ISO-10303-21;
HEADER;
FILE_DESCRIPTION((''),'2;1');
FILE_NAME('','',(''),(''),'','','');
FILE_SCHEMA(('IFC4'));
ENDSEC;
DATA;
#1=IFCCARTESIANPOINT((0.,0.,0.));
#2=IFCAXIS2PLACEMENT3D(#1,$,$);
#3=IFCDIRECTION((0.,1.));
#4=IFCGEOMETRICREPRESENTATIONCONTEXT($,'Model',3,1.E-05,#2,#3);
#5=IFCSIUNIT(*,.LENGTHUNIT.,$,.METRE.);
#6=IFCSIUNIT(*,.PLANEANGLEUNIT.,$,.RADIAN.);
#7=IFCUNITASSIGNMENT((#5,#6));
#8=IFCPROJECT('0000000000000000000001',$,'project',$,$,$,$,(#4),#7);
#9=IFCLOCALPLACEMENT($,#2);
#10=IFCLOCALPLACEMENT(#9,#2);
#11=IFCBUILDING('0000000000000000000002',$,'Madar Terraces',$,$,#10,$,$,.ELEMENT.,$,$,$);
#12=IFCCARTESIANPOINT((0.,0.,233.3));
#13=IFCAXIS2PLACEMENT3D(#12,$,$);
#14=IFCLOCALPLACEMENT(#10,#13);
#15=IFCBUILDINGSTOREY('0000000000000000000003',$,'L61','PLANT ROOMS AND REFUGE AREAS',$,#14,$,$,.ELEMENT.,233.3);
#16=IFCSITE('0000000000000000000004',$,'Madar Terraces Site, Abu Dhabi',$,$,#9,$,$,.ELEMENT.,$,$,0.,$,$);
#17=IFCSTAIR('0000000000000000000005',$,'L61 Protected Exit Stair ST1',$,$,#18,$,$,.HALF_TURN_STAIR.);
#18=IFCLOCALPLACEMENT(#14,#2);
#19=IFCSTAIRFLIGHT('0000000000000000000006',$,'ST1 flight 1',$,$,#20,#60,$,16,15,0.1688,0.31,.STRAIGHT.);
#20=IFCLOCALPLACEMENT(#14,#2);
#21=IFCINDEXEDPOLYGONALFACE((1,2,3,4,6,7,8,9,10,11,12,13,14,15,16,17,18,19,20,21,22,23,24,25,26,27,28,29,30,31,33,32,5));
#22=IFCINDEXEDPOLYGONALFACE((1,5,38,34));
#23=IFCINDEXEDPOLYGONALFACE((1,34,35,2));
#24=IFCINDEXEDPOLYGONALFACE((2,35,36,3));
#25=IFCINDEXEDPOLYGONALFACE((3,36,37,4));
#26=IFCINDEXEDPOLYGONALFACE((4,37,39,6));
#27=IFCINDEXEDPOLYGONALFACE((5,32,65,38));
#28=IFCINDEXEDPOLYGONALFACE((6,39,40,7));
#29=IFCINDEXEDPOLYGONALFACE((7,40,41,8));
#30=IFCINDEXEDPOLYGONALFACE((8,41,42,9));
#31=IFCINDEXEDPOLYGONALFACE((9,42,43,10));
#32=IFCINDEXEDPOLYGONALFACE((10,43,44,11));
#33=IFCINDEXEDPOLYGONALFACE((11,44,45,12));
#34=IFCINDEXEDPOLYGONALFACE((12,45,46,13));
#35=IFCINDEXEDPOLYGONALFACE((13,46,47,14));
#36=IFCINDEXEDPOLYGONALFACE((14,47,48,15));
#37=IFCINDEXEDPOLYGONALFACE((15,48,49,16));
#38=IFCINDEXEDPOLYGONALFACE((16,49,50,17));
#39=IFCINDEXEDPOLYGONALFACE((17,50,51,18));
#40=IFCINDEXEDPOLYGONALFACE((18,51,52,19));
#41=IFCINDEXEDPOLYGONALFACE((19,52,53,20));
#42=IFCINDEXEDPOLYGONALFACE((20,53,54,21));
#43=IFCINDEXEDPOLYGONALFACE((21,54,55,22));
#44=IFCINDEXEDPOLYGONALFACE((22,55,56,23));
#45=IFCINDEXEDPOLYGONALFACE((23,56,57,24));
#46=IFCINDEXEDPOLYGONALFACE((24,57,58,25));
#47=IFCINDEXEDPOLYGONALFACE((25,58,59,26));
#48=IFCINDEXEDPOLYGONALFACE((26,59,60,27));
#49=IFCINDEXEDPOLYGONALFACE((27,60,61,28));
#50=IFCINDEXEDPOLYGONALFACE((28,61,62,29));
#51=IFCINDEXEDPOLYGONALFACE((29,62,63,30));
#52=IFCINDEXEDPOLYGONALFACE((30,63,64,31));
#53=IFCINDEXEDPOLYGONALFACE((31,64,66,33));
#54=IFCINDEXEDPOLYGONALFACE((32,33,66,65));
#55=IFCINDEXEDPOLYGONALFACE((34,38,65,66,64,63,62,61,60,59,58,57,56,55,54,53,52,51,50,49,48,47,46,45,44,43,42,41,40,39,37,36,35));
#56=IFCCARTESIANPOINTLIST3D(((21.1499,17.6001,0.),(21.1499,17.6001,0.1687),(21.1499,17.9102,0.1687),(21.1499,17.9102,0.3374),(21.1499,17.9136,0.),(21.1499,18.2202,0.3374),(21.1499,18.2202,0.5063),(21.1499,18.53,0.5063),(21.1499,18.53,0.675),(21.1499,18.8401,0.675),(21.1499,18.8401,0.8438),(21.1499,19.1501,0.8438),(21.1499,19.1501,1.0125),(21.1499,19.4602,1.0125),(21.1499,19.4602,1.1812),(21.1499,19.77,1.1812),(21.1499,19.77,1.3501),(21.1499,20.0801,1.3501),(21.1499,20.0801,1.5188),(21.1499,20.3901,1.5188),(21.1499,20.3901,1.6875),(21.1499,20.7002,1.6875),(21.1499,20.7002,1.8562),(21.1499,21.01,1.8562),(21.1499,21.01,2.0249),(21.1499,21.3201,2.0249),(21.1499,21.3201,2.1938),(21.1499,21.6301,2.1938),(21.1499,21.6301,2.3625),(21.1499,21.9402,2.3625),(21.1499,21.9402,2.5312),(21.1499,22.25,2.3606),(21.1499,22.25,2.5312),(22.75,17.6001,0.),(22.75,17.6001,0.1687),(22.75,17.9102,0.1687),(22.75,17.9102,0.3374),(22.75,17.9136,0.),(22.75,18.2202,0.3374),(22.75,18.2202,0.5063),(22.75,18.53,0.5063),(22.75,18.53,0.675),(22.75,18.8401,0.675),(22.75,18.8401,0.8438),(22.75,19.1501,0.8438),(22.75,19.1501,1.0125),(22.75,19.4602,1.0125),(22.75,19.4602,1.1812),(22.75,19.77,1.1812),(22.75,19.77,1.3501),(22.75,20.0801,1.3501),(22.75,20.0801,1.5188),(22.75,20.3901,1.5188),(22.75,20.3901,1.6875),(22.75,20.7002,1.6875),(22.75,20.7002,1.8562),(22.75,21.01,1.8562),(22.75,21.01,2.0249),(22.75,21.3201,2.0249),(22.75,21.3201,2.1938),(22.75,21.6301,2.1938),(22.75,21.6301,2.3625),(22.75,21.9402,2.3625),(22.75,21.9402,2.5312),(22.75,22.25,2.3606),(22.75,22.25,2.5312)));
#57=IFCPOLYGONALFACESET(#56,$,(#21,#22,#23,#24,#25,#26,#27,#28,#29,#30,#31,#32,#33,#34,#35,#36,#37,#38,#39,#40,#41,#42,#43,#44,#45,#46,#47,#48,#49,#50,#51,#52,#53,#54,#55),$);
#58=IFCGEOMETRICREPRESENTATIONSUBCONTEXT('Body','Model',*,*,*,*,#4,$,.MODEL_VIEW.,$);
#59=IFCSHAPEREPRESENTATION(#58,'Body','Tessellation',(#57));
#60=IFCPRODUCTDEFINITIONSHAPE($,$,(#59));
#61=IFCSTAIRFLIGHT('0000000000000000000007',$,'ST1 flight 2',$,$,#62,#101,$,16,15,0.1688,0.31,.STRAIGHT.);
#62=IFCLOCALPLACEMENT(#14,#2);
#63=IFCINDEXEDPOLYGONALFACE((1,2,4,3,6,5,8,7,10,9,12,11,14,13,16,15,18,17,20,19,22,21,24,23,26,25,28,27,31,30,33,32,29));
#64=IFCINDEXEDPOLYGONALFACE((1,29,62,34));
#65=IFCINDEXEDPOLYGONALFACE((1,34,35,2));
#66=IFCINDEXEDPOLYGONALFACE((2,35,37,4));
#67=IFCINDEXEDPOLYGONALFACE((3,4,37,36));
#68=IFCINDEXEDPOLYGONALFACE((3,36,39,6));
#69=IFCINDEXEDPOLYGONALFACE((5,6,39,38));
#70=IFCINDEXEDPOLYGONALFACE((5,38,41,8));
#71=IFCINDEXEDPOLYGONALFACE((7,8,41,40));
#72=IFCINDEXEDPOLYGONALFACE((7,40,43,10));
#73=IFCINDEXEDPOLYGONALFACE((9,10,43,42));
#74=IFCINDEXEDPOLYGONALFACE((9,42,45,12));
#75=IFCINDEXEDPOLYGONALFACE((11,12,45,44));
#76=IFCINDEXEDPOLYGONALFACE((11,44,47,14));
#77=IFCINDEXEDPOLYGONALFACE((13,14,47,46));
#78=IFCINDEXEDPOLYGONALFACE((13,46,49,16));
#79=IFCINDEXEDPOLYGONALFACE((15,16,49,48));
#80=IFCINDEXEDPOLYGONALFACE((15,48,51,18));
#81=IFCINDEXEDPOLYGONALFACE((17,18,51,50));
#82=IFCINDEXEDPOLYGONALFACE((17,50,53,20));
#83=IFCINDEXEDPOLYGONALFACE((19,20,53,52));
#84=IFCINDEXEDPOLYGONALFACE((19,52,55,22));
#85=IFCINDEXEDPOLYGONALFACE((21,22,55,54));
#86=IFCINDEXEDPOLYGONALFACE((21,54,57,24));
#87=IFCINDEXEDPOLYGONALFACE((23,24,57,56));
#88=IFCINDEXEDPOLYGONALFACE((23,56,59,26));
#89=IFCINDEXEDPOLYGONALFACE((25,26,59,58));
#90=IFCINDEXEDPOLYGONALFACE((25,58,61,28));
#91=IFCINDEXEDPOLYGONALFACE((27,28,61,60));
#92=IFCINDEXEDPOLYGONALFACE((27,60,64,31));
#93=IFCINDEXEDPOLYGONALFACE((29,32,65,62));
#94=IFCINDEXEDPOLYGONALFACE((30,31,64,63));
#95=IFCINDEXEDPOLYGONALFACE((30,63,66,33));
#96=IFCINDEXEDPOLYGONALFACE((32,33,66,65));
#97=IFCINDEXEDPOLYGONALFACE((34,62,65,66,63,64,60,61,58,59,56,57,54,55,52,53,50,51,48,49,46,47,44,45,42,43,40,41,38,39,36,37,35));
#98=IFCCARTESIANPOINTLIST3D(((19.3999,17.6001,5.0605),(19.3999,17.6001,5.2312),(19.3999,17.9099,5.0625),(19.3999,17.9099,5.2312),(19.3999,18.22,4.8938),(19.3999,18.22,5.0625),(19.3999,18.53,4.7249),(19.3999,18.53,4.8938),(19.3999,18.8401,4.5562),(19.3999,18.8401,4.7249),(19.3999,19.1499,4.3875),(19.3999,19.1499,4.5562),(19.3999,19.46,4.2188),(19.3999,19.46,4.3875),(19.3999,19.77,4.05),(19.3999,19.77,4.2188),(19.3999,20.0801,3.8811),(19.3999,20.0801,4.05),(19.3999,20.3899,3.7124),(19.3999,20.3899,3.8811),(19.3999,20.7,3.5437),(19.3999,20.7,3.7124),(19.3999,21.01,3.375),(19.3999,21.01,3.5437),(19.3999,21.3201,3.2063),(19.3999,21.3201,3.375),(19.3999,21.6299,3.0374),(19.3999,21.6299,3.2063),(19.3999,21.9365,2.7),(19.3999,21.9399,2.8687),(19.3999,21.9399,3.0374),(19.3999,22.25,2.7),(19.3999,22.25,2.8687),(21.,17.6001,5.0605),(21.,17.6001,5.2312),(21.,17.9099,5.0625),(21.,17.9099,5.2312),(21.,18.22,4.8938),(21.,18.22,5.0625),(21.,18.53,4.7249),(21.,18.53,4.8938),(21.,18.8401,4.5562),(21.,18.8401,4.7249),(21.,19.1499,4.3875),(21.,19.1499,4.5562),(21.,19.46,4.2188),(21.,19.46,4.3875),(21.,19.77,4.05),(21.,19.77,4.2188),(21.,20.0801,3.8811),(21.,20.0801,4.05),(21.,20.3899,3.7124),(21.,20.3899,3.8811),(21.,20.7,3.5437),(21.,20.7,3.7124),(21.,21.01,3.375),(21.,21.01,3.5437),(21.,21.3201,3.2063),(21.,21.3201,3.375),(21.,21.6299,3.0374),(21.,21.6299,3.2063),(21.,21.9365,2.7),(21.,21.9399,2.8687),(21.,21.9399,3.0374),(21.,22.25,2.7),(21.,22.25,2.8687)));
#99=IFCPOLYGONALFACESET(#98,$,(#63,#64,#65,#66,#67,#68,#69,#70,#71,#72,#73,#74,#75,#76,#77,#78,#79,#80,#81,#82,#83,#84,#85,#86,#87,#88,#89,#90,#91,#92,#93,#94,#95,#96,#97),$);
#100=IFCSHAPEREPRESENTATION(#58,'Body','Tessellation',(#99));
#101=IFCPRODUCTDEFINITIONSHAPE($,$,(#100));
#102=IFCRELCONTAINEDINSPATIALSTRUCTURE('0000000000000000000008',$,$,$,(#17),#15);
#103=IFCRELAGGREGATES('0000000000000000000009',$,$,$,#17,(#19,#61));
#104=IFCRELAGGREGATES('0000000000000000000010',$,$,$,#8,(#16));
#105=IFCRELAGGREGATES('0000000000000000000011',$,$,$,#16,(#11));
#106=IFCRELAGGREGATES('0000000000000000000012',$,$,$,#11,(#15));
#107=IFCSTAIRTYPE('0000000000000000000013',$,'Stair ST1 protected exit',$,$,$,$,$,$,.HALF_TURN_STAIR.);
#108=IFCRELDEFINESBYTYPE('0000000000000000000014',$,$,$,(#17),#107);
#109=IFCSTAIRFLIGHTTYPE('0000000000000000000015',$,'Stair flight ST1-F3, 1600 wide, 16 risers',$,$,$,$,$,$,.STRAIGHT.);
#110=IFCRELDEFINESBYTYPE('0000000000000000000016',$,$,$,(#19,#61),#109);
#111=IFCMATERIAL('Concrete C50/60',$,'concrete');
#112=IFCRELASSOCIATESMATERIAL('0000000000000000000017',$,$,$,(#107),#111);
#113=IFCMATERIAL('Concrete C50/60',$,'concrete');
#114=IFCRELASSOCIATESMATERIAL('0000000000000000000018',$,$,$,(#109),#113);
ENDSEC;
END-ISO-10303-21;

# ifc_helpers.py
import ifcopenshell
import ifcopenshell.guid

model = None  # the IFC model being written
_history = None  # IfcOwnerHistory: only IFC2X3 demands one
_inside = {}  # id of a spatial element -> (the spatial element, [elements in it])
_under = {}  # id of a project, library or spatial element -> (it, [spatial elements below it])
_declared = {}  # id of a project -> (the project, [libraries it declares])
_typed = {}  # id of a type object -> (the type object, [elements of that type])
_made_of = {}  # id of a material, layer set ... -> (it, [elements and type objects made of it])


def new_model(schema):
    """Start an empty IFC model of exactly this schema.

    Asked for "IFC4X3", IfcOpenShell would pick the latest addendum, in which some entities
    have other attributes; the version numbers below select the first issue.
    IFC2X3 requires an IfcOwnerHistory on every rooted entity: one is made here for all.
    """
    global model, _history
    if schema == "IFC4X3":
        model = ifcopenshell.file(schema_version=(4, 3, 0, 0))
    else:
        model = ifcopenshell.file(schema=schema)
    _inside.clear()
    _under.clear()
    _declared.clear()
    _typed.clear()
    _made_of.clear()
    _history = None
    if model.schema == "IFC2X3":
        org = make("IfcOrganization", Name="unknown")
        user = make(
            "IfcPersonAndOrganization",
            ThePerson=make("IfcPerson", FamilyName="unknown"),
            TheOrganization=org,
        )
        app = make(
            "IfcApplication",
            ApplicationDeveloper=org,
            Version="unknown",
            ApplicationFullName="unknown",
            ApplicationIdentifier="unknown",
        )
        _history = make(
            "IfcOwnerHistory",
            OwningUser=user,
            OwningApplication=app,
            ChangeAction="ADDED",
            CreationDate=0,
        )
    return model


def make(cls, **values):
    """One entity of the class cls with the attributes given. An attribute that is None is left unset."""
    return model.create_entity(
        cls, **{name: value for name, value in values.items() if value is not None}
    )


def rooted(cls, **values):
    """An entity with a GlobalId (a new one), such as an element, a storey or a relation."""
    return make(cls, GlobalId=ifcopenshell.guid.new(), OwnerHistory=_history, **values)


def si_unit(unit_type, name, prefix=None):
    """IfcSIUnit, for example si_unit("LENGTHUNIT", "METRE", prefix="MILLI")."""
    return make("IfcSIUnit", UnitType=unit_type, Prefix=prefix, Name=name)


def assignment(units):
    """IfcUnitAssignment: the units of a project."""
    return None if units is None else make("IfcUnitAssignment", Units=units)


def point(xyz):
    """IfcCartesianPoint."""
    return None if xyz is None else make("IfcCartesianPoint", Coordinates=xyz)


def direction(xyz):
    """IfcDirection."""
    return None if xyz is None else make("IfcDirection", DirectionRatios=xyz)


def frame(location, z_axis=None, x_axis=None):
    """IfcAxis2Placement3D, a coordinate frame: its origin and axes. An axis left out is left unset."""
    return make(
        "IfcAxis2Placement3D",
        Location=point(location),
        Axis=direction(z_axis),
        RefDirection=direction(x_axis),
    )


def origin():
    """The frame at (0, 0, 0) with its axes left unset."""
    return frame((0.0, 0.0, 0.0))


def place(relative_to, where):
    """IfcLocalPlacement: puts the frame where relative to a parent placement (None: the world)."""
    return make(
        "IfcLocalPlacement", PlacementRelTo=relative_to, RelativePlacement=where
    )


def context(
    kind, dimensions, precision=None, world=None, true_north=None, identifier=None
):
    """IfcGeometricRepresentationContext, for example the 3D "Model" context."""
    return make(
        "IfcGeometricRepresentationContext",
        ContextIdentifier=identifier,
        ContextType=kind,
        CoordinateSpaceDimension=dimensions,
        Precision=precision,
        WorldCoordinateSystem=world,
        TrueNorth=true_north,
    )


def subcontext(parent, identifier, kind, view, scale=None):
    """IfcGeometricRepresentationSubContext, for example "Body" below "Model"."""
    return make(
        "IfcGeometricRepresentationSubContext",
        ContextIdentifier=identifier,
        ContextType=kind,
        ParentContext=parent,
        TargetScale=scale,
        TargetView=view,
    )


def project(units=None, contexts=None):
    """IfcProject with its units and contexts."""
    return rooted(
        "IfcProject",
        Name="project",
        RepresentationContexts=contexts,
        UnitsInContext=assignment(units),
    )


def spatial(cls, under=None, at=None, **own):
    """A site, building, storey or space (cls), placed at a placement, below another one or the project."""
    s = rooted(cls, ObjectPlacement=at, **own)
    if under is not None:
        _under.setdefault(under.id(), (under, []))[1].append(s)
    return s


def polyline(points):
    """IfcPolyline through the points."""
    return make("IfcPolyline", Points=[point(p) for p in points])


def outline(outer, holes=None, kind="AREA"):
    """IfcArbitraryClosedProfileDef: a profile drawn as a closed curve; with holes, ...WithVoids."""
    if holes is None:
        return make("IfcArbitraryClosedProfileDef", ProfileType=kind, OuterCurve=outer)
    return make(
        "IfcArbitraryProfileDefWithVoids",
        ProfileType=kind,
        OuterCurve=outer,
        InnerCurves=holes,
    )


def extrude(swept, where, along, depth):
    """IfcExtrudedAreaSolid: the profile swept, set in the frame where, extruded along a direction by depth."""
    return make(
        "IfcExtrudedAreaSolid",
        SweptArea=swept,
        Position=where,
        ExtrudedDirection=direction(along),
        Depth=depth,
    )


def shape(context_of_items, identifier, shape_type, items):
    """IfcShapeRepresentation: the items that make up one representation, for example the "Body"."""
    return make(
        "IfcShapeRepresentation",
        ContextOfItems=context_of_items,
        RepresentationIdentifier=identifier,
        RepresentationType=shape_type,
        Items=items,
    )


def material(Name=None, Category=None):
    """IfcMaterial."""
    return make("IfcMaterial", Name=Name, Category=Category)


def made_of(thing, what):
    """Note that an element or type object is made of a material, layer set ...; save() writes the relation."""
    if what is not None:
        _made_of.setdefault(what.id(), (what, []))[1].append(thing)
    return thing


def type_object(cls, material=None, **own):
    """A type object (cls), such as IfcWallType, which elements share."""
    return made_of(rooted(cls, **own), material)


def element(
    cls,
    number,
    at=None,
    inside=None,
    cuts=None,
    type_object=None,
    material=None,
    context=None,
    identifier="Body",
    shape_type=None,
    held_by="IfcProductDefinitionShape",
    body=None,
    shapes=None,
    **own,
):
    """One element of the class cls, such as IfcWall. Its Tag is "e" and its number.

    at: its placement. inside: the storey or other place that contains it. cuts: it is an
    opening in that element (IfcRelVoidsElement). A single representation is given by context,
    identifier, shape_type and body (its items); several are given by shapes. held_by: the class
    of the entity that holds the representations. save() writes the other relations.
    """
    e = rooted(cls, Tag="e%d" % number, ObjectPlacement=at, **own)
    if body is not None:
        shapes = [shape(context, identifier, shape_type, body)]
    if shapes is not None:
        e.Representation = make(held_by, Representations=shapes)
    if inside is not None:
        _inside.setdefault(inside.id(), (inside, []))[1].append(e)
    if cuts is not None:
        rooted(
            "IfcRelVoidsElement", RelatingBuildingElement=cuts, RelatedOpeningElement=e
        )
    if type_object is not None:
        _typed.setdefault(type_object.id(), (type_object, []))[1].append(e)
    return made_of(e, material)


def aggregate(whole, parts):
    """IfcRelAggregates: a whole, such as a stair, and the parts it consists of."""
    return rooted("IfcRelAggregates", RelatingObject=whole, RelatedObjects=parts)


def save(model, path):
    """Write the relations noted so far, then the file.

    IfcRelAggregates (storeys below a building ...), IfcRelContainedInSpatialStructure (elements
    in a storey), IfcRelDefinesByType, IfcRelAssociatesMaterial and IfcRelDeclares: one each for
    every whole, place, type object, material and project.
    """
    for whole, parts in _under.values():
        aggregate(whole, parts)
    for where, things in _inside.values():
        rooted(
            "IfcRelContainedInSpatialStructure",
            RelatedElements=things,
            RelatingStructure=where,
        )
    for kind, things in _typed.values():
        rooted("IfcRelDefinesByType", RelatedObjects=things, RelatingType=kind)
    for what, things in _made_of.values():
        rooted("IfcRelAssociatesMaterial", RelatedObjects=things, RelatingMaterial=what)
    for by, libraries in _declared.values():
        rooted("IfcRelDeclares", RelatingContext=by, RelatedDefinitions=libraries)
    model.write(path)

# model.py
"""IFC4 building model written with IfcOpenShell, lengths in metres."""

from ifc_helpers import new_model, si_unit, direction, frame, origin, place, context, subcontext, project, spatial, polyline, outline, extrude, material, type_object, element, aggregate, save


model = new_model("IFC4")

# Units and contexts
model_context = context("Model", 3, precision=1e-05, world=origin(), true_north=direction((0.0, 1.0)))
body_context = subcontext(model_context, "Body", "Model", "MODEL_VIEW")
ifc_project = project(units=[si_unit("LENGTHUNIT", "METRE"), si_unit("PLANEANGLEUNIT", "RADIAN")], contexts=[model_context])

# Site, building, storey
site_placement = place(None, origin())
site = spatial("IfcSite", under=ifc_project, at=site_placement, Name="Madar Terraces Site, Abu Dhabi", CompositionType="ELEMENT", RefElevation=0.0)
building_placement = place(site_placement, origin())
building = spatial("IfcBuilding", under=site, at=building_placement, Name="Madar Terraces", CompositionType="ELEMENT")
storey_placement = place(building_placement, frame((0.0, 0.0, 233.3)))
storey = spatial("IfcBuildingStorey", under=building, at=storey_placement, Name="L61", Description="PLANT ROOMS AND REFUGE AREAS", CompositionType="ELEMENT", Elevation=233.3)

# Stair, stair flights
ifc_material_1 = material(Name="Concrete C50/60", Category="concrete")
stair_type = type_object("IfcStairType", Name="Stair ST1 protected exit", PredefinedType="HALF_TURN_STAIR", material=ifc_material_1)
stair_placement = place(storey_placement, origin())
stair = element("IfcStair", 1, at=stair_placement, inside=storey, type_object=stair_type, Name="L61 Protected Exit Stair ST1", PredefinedType="HALF_TURN_STAIR")
ifc_material_2 = material(Name="Concrete C50/60", Category="concrete")
stair_flight_type = type_object("IfcStairFlightType", Name="Stair flight ST1-F3, 1600 wide, 16 risers", PredefinedType="STRAIGHT", material=ifc_material_2)
stair_flight_1_placement = place(storey_placement, frame((21.95, 17.6001, 0.0), z_axis=(0.0, 0.0, 1.0), x_axis=(0.0, 1.0, 0.0)))
stair_flight_1 = element("IfcStairFlight", 2, at=stair_flight_1_placement, type_object=stair_flight_type, Name="ST1 flight 1", NumberOfRisers=16, NumberOfTreads=15, PredefinedType="STRAIGHT", RiserHeight=0.1688, TreadLength=0.31, context=body_context, shape_type="SweptSolid", body=[
    extrude(outline(polyline([(0.0, 0.0), (0.0, 0.1687), (0.3101, 0.1687), (0.3101, 0.3374), (0.6201, 0.3374), (0.6201, 0.5063), (0.9299, 0.5063), (0.9299, 0.675), (1.24, 0.675), (1.24, 0.8438), (1.55, 0.8438), (1.55, 1.0125), (1.8601, 1.0125), (1.8601, 1.1812), (2.1699, 1.1812), (2.1699, 1.3501), (2.48, 1.3501), (2.48, 1.5188), (2.79, 1.5188), (2.79, 1.6875), (3.1001, 1.6875), (3.1001, 1.8562), (3.4099, 1.8562), (3.4099, 2.0249), (3.72, 2.0249), (3.72, 2.1938), (4.03, 2.1938), (4.03, 2.3625), (4.3401, 2.3625), (4.3401, 2.5312), (4.6499, 2.5312), (4.6499, 2.7), (4.6499, 2.3606), (0.3135, 0.0), (0.0, 0.0)])), frame((0.0, 0.8, 0.0), z_axis=(0.0, -1.0, 0.0), x_axis=(1.0, 0.0, 0.0)), (0.0, 0.0, 1.0), 1.6001),
])
stair_flight_2_placement = place(storey_placement, frame((20.2, 22.25, 2.7), z_axis=(0.0, 0.0, 1.0), x_axis=(0.0, -1.0, 0.0)))
stair_flight_2 = element("IfcStairFlight", 3, at=stair_flight_2_placement, type_object=stair_flight_type, Name="ST1 flight 2", NumberOfRisers=16, NumberOfTreads=15, PredefinedType="STRAIGHT", RiserHeight=0.1688, TreadLength=0.31, context=body_context, shape_type="SweptSolid", body=[
    extrude(outline(polyline([(0.0, 0.0), (0.0, 0.1687), (0.3101, 0.1687), (0.3101, 0.3374), (0.6201, 0.3374), (0.6201, 0.5063), (0.9299, 0.5063), (0.9299, 0.675), (1.24, 0.675), (1.24, 0.8438), (1.55, 0.8438), (1.55, 1.0125), (1.8601, 1.0125), (1.8601, 1.1812), (2.1699, 1.1812), (2.1699, 1.3501), (2.48, 1.3501), (2.48, 1.5188), (2.79, 1.5188), (2.79, 1.6875), (3.1001, 1.6875), (3.1001, 1.8562), (3.4099, 1.8562), (3.4099, 2.0249), (3.72, 2.0249), (3.72, 2.1938), (4.03, 2.1938), (4.03, 2.3625), (4.3401, 2.3625), (4.3401, 2.5312), (4.6499, 2.5312), (4.6499, 2.7), (4.6499, 2.3606), (0.3135, 0.0), (0.0, 0.0)])), frame((0.0, 0.8, 0.0), z_axis=(0.0, -1.0, 0.0), x_axis=(1.0, 0.0, 0.0)), (0.0, 0.0, 1.0), 1.6001),
])
aggregate(stair, [stair_flight_1, stair_flight_2])

save(model, "model.ifc")
